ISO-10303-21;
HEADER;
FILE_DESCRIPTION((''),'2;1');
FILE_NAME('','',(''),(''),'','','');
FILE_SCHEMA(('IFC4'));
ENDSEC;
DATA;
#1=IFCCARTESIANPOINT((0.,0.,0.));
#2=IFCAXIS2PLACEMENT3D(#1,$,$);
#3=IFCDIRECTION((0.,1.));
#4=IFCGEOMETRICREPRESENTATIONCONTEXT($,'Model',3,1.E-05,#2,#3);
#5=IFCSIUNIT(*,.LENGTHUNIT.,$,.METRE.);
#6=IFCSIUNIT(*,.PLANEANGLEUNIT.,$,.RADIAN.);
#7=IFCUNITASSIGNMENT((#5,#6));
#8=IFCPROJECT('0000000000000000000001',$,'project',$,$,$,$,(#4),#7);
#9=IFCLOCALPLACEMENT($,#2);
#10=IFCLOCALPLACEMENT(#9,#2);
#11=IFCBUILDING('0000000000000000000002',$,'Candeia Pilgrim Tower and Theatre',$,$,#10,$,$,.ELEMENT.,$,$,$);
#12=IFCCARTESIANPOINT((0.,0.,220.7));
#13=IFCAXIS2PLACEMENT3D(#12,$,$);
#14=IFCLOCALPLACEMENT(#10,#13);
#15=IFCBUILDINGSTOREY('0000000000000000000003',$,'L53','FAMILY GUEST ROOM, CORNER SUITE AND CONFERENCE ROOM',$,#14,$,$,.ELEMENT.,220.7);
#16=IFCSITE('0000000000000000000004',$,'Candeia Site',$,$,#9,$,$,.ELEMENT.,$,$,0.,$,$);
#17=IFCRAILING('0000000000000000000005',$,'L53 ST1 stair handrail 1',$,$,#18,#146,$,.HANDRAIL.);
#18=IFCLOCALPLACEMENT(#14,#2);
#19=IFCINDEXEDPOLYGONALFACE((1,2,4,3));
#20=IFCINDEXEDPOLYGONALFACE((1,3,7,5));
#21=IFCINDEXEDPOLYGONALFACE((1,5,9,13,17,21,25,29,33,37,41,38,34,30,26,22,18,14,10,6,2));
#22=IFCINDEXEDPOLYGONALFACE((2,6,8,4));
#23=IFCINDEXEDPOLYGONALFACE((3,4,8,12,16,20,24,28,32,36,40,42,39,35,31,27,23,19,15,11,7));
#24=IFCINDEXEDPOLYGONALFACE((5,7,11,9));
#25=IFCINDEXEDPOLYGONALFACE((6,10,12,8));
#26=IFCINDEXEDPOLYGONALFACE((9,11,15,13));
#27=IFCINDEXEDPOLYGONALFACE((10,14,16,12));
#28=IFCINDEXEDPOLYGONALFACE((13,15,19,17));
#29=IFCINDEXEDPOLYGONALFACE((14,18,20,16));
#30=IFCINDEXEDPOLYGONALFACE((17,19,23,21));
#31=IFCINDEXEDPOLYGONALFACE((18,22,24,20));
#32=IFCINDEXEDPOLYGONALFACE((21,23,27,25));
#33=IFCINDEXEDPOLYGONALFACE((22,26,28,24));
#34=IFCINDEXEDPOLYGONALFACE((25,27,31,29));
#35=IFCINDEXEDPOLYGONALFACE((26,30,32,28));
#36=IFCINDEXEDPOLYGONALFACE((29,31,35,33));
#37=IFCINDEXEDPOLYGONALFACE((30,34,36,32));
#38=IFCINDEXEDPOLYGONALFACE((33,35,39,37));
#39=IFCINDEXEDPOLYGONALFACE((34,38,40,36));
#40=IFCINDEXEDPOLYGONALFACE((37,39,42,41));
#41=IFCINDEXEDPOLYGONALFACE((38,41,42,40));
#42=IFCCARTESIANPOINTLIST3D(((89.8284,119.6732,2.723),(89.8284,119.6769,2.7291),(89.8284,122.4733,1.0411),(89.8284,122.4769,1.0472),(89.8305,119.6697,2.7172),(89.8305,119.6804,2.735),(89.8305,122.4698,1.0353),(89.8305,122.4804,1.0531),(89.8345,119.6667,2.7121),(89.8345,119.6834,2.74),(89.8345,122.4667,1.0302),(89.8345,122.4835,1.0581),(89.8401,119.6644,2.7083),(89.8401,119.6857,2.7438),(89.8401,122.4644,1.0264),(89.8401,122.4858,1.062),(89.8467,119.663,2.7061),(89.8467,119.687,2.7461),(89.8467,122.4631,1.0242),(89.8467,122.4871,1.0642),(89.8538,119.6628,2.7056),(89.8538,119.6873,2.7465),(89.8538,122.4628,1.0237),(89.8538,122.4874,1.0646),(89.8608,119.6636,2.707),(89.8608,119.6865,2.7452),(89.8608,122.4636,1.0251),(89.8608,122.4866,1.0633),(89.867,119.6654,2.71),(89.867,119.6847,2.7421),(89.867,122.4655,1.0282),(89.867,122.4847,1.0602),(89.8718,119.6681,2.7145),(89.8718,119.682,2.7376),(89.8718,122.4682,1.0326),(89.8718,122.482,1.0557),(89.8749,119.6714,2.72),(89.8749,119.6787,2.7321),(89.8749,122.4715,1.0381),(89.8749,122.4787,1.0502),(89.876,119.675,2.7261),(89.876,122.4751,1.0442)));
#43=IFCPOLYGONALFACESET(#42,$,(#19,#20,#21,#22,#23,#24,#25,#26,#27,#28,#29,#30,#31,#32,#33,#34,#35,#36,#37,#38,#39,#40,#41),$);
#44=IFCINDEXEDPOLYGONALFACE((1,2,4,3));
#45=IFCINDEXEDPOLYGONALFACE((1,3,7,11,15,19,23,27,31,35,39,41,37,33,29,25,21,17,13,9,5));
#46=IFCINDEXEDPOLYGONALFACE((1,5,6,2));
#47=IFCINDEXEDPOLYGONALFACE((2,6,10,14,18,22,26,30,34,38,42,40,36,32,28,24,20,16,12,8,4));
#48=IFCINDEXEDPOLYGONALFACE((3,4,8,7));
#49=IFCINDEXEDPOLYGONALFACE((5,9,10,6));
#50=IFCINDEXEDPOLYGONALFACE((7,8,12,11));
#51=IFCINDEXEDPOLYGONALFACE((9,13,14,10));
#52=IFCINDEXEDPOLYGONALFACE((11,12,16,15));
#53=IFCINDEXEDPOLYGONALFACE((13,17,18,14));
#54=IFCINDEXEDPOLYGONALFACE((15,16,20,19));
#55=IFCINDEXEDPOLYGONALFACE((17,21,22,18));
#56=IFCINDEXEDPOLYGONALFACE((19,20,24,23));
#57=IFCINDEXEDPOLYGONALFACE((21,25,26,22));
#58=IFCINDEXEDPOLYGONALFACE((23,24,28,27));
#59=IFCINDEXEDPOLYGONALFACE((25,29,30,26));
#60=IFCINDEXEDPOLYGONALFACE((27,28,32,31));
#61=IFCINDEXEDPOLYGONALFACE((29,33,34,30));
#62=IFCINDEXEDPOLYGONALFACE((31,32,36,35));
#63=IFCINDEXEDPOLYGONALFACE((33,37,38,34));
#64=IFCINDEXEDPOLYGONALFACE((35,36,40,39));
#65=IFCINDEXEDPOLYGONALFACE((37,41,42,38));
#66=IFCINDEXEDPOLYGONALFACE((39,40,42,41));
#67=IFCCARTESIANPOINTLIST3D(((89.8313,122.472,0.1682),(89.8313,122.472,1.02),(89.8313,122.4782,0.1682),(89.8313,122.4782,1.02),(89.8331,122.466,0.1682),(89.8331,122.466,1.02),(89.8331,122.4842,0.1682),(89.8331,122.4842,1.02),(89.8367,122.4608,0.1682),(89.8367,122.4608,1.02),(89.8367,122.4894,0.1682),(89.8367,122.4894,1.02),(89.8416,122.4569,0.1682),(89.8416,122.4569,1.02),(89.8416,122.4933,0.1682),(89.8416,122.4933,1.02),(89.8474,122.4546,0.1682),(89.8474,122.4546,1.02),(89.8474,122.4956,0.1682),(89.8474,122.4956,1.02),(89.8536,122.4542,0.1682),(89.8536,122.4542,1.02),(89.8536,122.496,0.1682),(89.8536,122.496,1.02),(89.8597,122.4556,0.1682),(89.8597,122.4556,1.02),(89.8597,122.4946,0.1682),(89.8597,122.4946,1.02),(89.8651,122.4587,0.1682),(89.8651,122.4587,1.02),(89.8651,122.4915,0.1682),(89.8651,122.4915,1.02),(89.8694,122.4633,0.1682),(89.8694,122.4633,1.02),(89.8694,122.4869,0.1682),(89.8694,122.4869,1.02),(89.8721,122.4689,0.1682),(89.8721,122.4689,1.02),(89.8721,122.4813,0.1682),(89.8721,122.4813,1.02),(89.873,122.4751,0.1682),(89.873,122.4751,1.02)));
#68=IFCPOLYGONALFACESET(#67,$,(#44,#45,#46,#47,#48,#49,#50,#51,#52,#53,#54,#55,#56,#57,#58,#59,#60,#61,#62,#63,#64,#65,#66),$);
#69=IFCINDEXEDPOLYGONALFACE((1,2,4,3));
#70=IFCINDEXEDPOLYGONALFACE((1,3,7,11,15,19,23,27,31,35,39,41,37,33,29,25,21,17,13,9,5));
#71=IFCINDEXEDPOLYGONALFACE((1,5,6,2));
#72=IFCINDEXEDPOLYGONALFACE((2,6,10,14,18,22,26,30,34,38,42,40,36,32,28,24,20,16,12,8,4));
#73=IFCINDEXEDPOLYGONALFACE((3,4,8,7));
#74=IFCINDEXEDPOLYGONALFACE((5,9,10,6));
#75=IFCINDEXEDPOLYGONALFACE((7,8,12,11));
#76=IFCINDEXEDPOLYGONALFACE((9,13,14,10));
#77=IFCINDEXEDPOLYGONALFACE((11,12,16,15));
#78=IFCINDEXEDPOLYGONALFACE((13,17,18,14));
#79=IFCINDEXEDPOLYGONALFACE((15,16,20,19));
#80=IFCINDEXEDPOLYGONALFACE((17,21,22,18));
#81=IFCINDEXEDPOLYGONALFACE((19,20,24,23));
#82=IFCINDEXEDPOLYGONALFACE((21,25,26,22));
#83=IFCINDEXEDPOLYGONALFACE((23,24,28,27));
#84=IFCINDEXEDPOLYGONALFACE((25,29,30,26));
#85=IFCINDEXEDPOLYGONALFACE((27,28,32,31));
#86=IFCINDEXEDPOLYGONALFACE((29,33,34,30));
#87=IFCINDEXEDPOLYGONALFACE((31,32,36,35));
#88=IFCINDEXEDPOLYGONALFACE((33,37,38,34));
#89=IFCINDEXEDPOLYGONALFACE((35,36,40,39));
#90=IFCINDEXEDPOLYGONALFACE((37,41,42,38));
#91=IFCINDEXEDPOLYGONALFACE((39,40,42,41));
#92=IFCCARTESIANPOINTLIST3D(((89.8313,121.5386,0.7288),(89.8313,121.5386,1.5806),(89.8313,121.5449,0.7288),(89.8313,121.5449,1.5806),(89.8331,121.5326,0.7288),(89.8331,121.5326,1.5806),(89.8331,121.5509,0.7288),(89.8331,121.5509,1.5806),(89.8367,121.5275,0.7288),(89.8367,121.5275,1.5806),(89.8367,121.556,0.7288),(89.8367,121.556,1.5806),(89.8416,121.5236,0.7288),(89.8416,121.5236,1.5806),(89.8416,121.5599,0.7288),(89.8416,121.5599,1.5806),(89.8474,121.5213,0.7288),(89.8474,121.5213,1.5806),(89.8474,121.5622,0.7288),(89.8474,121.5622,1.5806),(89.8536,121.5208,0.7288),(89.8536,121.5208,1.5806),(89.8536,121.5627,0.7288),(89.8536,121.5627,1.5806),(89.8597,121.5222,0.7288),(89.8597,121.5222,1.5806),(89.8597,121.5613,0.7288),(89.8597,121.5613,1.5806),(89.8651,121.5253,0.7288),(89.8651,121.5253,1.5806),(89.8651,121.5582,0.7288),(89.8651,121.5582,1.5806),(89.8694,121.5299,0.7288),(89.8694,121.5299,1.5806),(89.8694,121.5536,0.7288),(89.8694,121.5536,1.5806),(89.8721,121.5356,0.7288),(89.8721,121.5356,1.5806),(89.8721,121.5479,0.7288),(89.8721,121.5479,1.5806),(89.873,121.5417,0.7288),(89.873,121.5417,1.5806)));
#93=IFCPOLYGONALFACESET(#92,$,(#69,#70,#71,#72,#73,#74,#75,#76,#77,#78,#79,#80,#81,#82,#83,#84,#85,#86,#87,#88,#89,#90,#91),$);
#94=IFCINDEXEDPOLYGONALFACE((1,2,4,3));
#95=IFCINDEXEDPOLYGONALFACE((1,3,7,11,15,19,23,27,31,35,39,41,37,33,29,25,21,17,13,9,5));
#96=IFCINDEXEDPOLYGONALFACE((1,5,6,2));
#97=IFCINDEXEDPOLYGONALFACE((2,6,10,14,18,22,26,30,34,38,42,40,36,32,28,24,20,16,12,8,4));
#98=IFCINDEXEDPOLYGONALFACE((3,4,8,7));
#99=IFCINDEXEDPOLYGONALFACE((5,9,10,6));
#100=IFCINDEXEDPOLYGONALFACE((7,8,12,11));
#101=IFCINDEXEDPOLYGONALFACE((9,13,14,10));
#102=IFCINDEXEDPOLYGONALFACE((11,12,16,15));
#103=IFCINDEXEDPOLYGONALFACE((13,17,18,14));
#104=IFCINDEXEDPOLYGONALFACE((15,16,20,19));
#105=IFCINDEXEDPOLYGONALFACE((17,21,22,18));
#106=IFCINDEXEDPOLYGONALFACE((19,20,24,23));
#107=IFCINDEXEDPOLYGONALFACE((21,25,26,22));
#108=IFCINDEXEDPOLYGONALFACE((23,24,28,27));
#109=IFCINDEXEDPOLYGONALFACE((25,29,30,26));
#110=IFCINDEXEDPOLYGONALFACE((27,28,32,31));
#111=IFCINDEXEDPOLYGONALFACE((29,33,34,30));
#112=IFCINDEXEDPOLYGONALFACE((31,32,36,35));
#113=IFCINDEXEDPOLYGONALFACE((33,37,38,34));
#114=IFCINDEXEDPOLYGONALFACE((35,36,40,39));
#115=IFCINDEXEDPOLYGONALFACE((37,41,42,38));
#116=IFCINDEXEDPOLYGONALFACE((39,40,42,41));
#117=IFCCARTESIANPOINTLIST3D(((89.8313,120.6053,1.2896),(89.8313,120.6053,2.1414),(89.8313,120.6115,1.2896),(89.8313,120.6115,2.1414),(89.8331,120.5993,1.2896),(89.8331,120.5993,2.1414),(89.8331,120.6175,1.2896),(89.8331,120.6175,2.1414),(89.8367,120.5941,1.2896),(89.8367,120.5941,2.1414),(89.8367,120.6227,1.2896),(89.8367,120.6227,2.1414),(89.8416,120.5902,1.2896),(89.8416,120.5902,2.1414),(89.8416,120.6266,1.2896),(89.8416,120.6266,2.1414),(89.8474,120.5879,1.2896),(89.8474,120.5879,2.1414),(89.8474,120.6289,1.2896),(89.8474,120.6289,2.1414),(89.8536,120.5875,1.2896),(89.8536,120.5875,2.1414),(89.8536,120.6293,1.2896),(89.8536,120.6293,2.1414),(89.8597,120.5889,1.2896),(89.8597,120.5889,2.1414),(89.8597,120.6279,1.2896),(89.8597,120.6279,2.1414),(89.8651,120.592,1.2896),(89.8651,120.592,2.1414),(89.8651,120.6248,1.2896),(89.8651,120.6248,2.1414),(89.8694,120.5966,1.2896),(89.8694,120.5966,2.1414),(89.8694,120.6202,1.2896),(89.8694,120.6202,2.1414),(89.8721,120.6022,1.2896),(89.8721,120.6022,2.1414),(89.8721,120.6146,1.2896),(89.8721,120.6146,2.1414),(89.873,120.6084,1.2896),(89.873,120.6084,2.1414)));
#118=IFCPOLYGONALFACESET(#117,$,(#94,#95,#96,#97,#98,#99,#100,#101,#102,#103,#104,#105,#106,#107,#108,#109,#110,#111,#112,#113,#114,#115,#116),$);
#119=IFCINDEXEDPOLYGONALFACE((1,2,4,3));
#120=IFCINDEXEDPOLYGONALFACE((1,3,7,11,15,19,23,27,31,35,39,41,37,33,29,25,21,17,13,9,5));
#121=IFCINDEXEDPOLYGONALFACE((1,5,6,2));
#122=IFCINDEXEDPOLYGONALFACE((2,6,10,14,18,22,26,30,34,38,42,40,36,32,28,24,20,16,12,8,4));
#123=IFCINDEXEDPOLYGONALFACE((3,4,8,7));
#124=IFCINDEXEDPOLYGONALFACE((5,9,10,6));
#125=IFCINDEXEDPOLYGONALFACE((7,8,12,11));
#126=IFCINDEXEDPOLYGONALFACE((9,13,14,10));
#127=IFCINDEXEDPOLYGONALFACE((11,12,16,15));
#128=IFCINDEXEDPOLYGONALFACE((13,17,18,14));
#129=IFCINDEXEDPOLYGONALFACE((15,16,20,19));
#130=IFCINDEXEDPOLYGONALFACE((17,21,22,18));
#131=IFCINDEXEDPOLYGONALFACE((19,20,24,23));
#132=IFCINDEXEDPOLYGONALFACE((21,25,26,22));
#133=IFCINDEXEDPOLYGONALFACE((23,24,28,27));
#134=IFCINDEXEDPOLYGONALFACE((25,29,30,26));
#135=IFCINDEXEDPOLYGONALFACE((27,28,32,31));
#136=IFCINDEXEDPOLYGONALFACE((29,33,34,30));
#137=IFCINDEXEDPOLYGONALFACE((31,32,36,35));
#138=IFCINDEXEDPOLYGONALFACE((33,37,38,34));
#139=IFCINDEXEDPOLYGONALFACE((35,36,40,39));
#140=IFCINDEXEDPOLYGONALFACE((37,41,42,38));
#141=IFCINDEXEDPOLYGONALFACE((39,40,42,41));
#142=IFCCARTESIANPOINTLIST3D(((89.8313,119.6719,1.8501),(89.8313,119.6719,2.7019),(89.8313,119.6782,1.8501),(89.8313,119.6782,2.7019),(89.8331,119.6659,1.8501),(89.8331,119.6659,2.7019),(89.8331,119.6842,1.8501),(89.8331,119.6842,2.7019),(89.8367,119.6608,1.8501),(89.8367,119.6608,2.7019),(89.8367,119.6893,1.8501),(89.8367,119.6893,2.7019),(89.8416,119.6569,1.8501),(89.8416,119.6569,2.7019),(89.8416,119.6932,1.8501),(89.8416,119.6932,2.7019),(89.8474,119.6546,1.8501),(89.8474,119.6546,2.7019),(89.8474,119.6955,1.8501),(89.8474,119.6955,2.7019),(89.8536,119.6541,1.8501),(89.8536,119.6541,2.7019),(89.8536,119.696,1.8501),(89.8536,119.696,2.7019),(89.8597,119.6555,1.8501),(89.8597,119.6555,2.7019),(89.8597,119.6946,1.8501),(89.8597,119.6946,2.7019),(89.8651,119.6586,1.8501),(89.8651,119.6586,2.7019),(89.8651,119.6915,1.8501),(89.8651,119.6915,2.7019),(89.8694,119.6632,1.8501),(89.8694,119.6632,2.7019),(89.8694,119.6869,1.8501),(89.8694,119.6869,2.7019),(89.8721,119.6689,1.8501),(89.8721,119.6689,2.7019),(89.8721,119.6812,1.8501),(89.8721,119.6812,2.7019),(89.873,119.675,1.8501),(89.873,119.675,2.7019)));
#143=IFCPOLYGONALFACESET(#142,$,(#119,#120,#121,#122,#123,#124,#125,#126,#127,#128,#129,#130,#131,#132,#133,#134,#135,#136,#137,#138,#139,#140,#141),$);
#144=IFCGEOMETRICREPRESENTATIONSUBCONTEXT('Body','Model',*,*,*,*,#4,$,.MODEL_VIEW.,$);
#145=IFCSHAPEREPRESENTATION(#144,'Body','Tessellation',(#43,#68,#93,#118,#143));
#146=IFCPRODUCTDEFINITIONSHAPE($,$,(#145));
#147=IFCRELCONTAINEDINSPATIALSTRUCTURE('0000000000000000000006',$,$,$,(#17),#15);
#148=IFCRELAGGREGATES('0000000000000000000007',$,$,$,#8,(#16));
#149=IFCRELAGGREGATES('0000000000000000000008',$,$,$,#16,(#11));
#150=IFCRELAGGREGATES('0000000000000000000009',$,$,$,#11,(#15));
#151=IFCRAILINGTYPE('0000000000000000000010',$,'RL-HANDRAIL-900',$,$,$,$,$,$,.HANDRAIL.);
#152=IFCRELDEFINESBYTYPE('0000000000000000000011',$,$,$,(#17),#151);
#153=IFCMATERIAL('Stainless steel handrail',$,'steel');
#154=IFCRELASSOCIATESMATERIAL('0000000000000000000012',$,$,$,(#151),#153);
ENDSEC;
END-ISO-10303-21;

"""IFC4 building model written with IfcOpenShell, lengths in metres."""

from ifc_helpers import new_model, si_unit, direction, frame, origin, origin_2d, place, context, subcontext, project, spatial, circle, extrude, material, type_object, element, save


model = new_model("IFC4")

# Units and contexts
model_context = context("Model", 3, precision=1e-05, world=origin(), true_north=direction((0.0, 1.0)))
body_context = subcontext(model_context, "Body", "Model", "MODEL_VIEW")
ifc_project = project(units=[si_unit("LENGTHUNIT", "METRE"), si_unit("PLANEANGLEUNIT", "RADIAN")], contexts=[model_context])

# Site, building, storey
site_placement = place(None, origin())
site = spatial("IfcSite", under=ifc_project, at=site_placement, Name="Candeia Site", CompositionType="ELEMENT", RefElevation=0.0)
building_placement = place(site_placement, origin())
building = spatial("IfcBuilding", under=site, at=building_placement, Name="Candeia Pilgrim Tower and Theatre", CompositionType="ELEMENT")
storey_placement = place(building_placement, frame((0.0, 0.0, 220.7)))
storey = spatial("IfcBuildingStorey", under=building, at=storey_placement, Name="L53", Description="FAMILY GUEST ROOM, CORNER SUITE AND CONFERENCE ROOM", CompositionType="ELEMENT", Elevation=220.7)

# Railing
ifc_material_1 = material(Name="Stainless steel handrail", Category="steel")
railing_type_1 = type_object("IfcRailingType", Name="RL-HANDRAIL-900", PredefinedType="HANDRAIL", material=ifc_material_1)
for number, where, name in (
    (1, (89.8521, 122.4751, 0.1682), "L53 ST1 stair handrail 1"),
):
    element("IfcRailing", number, at=place(storey_placement, frame(where)), inside=storey, type_object=railing_type_1, Name=name, PredefinedType="HANDRAIL", context=body_context, shape_type="SweptSolid", body=[
        extrude(circle(Radius=0.0239, at=origin_2d()), frame((0.0, 0.0, 0.876), z_axis=(0.0, -0.857242, 0.514913), x_axis=(1.0, 0.0, 0.0)), (0.0, 0.0, 1.0), 3.2664),
        extrude(circle(Radius=0.021, at=origin_2d()), origin(), (0.0, 0.0, 1.0), 0.8518),
        extrude(circle(Radius=0.021, at=origin_2d()), frame((0.0, -0.9333, 0.5605)), (0.0, 0.0, 1.0), 0.8518),
        extrude(circle(Radius=0.021, at=origin_2d()), frame((0.0, -1.8667, 1.1213)), (0.0, 0.0, 1.0), 0.8518),
        extrude(circle(Radius=0.021, at=origin_2d()), frame((0.0, -2.8, 1.6819)), (0.0, 0.0, 1.0), 0.8518),
    ])

save(model, "model.ifc")
